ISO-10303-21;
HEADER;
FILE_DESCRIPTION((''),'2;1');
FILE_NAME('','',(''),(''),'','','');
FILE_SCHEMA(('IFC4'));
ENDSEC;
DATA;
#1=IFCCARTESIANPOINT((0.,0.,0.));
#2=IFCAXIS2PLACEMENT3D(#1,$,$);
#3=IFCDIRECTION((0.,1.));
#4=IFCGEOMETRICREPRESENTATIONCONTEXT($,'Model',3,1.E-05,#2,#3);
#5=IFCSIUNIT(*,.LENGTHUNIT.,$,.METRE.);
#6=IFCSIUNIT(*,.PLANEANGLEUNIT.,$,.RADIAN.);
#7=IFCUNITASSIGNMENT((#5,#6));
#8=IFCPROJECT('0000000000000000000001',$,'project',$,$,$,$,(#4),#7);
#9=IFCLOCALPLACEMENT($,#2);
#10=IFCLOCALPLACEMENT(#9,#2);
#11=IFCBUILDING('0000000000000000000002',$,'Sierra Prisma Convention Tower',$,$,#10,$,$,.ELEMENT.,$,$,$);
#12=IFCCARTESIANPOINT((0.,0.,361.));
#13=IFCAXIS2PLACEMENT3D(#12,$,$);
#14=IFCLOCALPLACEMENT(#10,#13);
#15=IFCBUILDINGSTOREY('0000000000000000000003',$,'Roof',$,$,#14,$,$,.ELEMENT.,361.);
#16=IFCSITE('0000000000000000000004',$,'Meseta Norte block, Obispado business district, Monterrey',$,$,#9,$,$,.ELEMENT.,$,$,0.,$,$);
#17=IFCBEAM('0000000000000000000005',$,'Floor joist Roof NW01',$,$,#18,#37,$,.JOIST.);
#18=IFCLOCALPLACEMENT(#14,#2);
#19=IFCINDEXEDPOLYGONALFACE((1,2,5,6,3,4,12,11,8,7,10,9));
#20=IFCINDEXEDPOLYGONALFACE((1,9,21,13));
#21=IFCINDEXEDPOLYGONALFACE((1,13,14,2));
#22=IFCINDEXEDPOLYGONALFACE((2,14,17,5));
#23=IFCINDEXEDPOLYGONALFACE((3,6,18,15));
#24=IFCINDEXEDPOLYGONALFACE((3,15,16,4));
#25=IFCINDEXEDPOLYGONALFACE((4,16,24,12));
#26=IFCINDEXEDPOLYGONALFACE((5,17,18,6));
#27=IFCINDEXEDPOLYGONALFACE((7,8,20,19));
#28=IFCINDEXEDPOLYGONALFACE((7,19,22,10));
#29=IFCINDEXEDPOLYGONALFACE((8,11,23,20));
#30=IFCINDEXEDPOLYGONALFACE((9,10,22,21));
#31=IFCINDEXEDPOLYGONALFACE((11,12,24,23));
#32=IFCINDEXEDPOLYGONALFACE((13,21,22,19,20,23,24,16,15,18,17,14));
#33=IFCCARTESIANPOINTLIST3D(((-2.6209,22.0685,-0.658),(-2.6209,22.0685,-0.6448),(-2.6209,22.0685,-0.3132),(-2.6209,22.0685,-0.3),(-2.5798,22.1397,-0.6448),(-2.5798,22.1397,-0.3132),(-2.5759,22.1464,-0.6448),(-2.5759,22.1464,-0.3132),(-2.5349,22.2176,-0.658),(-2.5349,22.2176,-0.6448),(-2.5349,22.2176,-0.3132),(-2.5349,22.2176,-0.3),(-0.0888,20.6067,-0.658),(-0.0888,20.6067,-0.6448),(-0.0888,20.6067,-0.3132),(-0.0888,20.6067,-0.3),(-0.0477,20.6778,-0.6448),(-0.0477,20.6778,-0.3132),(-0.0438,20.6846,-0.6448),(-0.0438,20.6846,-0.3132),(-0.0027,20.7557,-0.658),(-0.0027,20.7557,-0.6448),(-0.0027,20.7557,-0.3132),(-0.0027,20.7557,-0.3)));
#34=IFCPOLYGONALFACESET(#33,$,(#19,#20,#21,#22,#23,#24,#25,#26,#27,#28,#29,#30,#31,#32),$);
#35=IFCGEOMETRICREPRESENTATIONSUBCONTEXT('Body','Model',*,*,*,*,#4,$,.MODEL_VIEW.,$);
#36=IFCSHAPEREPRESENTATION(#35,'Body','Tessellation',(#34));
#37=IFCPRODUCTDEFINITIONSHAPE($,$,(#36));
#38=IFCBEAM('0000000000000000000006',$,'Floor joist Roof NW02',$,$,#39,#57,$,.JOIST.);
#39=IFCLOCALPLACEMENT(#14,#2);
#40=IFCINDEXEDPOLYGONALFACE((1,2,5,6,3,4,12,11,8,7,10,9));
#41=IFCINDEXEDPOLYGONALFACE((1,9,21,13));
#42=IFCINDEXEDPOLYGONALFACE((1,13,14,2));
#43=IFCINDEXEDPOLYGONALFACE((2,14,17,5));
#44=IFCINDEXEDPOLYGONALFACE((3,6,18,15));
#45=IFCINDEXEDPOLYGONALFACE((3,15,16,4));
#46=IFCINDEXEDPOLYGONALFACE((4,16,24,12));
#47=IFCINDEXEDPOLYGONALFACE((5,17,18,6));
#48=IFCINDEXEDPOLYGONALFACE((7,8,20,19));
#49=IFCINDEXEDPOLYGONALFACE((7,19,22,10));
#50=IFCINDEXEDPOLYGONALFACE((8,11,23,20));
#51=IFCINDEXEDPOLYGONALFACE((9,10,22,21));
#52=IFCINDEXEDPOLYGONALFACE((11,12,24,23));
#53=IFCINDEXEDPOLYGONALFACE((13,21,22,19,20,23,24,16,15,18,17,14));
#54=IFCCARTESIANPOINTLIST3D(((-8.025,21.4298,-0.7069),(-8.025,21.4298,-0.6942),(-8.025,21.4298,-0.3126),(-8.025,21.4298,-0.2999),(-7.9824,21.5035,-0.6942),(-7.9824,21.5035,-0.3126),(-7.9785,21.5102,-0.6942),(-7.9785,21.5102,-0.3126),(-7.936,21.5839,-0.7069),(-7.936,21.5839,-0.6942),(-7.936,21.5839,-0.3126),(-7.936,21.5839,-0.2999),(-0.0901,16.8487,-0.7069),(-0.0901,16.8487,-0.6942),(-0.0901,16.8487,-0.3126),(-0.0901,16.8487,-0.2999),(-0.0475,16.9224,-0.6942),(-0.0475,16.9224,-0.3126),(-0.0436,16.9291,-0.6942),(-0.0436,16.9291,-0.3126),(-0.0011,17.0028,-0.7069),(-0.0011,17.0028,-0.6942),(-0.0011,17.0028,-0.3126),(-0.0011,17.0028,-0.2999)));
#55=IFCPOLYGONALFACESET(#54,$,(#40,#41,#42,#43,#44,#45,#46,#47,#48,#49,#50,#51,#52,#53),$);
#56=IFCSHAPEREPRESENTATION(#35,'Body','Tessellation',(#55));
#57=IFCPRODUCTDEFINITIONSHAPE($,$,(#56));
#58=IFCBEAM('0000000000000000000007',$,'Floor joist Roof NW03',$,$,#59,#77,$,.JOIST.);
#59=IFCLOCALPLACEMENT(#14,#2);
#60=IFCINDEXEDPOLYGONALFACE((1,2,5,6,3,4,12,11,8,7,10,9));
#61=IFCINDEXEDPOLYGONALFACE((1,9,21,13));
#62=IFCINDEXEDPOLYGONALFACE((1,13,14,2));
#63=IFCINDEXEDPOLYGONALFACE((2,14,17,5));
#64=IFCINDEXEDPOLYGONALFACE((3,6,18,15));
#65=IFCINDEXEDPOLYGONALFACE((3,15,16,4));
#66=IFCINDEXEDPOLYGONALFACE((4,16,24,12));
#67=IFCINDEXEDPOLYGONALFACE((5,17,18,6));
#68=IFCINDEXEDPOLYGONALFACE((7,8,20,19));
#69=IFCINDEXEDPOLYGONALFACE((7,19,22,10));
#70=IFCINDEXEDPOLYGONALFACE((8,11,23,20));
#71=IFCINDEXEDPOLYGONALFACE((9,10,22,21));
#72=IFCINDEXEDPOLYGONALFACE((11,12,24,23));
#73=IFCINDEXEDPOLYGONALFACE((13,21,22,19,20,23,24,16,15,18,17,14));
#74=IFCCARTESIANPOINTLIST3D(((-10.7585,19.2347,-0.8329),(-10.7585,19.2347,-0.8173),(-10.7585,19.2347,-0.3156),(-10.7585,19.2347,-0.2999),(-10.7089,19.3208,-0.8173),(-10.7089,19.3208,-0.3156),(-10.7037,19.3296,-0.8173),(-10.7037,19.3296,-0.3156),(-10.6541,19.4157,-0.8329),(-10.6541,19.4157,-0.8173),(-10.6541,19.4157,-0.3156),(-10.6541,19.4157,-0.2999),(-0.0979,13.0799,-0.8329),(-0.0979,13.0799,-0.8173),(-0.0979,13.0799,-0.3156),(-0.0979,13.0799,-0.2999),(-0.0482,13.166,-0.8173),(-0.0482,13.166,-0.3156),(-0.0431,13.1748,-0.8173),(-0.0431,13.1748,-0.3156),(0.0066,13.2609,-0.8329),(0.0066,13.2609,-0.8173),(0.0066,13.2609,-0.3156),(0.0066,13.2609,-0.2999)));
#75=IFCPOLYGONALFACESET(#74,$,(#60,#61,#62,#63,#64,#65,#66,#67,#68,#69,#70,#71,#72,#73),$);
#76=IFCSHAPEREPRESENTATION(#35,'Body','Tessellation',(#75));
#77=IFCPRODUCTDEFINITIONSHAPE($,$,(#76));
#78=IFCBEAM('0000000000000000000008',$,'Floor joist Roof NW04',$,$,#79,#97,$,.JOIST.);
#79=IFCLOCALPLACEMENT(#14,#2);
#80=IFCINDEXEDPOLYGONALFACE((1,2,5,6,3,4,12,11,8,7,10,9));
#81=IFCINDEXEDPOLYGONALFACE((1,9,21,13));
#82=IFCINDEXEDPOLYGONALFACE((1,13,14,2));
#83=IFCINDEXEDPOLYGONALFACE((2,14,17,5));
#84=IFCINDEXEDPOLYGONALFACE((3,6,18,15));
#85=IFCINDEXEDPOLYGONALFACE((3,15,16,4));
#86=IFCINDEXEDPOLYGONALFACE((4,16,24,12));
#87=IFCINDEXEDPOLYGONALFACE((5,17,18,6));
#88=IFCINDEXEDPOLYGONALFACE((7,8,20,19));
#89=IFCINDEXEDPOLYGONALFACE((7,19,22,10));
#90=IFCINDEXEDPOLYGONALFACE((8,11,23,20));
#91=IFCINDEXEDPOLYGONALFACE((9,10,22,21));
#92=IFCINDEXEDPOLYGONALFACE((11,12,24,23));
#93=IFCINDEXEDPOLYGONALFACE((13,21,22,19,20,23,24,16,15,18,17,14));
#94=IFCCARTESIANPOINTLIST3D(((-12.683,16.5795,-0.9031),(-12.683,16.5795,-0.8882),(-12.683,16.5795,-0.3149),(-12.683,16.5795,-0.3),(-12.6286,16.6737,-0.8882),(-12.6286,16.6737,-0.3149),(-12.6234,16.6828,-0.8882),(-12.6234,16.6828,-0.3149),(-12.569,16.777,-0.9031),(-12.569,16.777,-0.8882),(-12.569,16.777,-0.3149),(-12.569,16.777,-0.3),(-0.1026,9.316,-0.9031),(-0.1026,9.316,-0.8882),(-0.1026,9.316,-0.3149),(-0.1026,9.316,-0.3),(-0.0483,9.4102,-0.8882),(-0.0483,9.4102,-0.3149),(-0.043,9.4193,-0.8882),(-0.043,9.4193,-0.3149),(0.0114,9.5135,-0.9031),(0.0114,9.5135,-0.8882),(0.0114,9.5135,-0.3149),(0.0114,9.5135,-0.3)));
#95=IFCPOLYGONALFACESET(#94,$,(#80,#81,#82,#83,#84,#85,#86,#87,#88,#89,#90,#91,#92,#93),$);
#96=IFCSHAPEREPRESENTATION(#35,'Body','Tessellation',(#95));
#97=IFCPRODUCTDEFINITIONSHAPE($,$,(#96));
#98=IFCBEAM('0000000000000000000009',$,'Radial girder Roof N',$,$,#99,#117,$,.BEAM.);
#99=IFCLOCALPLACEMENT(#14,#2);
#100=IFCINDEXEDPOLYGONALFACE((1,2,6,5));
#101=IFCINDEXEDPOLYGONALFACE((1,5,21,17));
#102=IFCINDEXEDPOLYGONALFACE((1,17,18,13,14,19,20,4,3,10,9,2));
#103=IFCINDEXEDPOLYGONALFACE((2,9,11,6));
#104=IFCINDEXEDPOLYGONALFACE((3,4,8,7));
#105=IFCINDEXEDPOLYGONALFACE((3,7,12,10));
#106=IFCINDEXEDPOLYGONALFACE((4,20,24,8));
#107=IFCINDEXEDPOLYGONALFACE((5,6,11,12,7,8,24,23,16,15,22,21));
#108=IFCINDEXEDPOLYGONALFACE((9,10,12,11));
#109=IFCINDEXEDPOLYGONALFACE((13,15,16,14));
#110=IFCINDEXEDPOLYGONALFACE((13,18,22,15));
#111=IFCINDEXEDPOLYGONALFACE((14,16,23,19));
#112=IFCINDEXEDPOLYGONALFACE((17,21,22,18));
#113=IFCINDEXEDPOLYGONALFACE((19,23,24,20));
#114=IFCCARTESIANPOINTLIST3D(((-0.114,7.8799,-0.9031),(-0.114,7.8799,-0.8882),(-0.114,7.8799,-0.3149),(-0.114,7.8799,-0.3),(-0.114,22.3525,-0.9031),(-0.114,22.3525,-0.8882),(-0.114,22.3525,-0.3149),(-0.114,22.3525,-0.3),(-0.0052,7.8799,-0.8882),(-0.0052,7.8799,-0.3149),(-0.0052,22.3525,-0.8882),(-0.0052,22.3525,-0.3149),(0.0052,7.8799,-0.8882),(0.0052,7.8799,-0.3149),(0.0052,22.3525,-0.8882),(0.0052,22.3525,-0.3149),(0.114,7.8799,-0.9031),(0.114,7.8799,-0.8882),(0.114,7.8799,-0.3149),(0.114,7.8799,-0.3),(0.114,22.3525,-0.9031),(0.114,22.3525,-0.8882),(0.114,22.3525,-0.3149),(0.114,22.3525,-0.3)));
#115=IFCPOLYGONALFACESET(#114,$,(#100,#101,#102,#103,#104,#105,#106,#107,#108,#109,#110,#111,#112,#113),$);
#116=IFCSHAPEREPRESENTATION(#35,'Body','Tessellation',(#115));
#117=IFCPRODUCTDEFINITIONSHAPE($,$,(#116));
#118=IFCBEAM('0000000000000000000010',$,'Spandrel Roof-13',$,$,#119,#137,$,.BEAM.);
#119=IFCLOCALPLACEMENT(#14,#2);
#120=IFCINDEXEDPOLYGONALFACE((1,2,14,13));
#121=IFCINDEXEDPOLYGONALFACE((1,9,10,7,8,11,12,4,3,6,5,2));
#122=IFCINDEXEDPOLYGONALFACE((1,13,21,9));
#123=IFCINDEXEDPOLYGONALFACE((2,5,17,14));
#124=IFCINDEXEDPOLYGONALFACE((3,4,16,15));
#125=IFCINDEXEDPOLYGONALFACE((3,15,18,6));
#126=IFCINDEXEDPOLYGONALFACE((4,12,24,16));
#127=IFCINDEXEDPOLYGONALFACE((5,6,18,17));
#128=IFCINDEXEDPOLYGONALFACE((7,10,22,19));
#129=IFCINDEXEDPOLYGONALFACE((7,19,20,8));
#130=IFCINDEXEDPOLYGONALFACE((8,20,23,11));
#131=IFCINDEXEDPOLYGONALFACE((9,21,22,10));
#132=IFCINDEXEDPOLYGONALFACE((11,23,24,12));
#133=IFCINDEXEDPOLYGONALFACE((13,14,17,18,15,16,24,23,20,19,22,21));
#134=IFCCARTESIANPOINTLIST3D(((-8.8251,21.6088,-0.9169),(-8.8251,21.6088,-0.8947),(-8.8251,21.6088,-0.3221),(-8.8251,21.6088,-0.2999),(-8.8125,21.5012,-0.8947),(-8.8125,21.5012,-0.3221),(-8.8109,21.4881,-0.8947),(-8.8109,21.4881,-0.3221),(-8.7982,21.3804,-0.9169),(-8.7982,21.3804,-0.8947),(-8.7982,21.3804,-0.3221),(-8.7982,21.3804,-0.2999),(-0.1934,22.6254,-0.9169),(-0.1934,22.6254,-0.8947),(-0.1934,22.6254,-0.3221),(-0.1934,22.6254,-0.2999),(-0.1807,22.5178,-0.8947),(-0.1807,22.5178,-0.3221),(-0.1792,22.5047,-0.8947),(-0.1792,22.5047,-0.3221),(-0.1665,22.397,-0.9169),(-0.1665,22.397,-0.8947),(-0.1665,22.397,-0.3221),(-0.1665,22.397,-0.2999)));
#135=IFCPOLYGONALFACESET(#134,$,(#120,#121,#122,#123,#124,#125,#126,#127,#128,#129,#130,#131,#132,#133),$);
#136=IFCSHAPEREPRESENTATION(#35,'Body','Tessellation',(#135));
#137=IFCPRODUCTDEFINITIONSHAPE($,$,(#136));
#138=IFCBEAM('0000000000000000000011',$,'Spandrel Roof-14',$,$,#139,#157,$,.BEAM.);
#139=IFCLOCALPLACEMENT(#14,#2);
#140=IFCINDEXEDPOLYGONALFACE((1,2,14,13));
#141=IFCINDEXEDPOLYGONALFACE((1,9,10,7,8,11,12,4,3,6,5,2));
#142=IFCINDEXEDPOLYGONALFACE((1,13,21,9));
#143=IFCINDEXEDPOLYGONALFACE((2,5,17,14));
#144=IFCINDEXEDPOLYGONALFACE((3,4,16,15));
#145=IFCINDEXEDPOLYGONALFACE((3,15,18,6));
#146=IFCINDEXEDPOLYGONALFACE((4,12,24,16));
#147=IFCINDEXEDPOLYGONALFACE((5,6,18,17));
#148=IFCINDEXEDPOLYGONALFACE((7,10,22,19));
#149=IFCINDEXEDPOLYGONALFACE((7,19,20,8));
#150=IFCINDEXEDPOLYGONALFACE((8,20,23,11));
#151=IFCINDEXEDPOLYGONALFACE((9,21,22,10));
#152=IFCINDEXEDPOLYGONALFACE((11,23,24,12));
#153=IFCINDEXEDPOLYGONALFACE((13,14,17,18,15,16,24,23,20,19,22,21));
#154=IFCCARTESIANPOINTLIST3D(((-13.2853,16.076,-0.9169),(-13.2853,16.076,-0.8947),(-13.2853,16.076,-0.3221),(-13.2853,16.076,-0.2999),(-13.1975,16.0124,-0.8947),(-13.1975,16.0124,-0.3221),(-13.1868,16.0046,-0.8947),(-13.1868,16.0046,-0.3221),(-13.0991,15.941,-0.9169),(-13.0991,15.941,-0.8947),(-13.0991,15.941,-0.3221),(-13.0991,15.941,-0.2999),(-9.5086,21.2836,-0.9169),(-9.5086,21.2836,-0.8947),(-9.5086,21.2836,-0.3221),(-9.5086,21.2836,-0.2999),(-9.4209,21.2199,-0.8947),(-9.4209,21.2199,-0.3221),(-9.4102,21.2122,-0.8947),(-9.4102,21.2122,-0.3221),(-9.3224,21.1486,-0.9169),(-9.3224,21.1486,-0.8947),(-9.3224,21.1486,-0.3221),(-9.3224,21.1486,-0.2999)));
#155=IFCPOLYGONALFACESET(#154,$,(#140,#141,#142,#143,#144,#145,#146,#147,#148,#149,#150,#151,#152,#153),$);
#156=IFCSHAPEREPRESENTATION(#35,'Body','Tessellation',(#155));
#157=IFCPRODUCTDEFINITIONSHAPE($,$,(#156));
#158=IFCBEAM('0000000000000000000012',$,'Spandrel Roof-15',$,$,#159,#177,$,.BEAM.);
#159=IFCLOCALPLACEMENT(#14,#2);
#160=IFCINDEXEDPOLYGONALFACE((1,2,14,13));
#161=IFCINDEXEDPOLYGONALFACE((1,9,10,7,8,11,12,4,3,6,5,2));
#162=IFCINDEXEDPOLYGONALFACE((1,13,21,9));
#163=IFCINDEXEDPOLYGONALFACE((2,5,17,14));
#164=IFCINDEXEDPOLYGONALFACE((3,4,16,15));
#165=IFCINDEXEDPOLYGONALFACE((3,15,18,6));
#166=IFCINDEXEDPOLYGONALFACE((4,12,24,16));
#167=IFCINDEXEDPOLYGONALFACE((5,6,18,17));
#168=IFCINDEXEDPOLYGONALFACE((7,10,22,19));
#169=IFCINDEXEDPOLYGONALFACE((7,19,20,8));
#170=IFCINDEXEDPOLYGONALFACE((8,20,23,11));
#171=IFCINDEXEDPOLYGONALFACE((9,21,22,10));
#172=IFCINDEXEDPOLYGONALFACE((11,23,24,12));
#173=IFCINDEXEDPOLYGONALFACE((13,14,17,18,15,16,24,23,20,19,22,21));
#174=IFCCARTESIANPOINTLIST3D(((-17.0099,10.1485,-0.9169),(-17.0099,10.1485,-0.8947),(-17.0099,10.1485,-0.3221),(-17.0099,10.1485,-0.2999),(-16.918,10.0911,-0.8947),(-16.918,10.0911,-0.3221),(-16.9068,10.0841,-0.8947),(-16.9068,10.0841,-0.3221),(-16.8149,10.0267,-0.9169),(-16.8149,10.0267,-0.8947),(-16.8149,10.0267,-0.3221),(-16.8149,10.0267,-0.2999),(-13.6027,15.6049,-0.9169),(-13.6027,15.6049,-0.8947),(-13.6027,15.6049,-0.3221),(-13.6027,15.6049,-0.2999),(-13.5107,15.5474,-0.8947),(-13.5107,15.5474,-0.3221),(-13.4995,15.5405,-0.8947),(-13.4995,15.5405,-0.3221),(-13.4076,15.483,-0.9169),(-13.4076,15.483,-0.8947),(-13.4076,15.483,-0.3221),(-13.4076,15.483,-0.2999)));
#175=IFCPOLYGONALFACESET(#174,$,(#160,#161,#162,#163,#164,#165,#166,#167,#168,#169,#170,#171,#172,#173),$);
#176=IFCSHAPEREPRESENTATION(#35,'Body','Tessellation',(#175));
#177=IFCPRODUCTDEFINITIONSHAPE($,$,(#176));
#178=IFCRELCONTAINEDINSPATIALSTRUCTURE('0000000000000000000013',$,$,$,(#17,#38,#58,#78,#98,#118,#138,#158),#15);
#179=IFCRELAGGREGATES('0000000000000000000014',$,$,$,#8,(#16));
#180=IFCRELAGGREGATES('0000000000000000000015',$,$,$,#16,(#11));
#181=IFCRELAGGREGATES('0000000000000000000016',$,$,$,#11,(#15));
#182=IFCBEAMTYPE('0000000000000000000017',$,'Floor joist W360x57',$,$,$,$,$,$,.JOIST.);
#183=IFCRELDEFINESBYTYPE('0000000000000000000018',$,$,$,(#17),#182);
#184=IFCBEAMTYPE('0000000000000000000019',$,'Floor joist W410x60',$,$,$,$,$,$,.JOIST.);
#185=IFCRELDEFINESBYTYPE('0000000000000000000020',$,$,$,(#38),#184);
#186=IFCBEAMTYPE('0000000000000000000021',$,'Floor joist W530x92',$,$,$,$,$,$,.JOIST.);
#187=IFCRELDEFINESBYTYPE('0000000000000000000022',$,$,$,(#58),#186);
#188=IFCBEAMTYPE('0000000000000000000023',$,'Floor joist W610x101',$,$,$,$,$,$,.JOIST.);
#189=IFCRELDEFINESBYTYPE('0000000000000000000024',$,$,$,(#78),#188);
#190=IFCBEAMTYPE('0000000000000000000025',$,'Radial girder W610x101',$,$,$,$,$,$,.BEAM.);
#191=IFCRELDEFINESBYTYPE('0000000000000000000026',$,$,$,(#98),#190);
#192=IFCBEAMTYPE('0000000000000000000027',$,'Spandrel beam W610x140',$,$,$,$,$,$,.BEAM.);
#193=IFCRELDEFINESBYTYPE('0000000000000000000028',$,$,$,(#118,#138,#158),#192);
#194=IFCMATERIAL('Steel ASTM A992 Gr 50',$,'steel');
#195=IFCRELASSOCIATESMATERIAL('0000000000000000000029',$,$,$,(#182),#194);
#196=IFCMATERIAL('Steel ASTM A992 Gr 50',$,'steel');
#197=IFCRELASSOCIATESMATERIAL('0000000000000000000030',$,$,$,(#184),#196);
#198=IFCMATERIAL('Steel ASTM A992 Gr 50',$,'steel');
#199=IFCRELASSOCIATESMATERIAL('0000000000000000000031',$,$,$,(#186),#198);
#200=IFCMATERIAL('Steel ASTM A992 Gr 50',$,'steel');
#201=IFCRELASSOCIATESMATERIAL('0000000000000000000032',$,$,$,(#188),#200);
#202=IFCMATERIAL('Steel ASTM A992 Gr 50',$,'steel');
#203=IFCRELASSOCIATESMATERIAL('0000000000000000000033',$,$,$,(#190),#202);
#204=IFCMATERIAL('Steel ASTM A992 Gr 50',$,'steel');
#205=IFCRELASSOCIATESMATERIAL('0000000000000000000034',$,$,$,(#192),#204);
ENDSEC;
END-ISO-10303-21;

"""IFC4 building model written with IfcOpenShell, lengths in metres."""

from ifc_helpers import new_model, si_unit, direction, frame, origin, origin_2d, place, context, subcontext, project, spatial, i_section, extrude, material, material_profile, profile_set, type_object, element, save


model = new_model("IFC4")

# Units and contexts
model_context = context("Model", 3, precision=1e-05, world=origin(), true_north=direction((0.0, 1.0)))
body_context = subcontext(model_context, "Body", "Model", "MODEL_VIEW")
ifc_project = project(units=[si_unit("LENGTHUNIT", "METRE"), si_unit("PLANEANGLEUNIT", "RADIAN")], contexts=[model_context])

# Site, building, storey
site_placement = place(None, origin())
site = spatial("IfcSite", under=ifc_project, at=site_placement, Name="Meseta Norte block, Obispado business district, Monterrey", CompositionType="ELEMENT", RefElevation=0.0)
building_placement = place(site_placement, origin())
building = spatial("IfcBuilding", under=site, at=building_placement, Name="Sierra Prisma Convention Tower", CompositionType="ELEMENT")
storey_placement = place(building_placement, frame((0.0, 0.0, 361.0)))
storey = spatial("IfcBuildingStorey", under=building, at=storey_placement, Name="Roof", CompositionType="ELEMENT", Elevation=361.0)

# Beams
ifc_material_1 = material(Name="Steel ASTM A992 Gr 50", Category="steel")
ifc_material_profile_1 = material_profile(ifc_material_1, i_section(OverallWidth=0.1721, OverallDepth=0.3579, WebThickness=0.0078, FlangeThickness=0.0132, at=origin_2d()), Name="W360x57")
ifc_profile_set_1 = profile_set([ifc_material_profile_1], Name="Steel ASTM A992 Gr 50")
beam_type_1 = type_object("IfcBeamType", Name="Floor joist W360x57", PredefinedType="JOIST", material=ifc_profile_set_1)
beam_1_placement = place(storey_placement, frame((-2.5779, 22.1431, -0.479), z_axis=(0.866035, -0.499983, 0.0), x_axis=(0.499983, 0.866035, 0.0)))
element("IfcBeam", 1, at=beam_1_placement, inside=storey, type_object=beam_type_1, Name="Floor joist Roof NW01", PredefinedType="JOIST", context=body_context, shape_type="SweptSolid", body=[
    extrude(i_section(OverallWidth=0.1721, OverallDepth=0.3579, WebThickness=0.0078, FlangeThickness=0.0132, at=origin_2d()), origin(), (0.0, 0.0, 1.0), 2.9238),
])
ifc_material_2 = material(Name="Steel ASTM A992 Gr 50", Category="steel")
ifc_material_profile_2 = material_profile(ifc_material_2, i_section(OverallWidth=0.178, OverallDepth=0.407, WebThickness=0.0078, FlangeThickness=0.0127, at=origin_2d()), Name="W410x60")
ifc_profile_set_2 = profile_set([ifc_material_profile_2], Name="Steel ASTM A992 Gr 50")
beam_type_2 = type_object("IfcBeamType", Name="Floor joist W410x60", PredefinedType="JOIST", material=ifc_profile_set_2)
beam_2_placement = place(storey_placement, frame((-7.9805, 21.5068, -0.5034), z_axis=(0.866031, -0.499991, 0.0), x_axis=(0.499991, 0.866031, 0.0)))
element("IfcBeam", 2, at=beam_2_placement, inside=storey, type_object=beam_type_2, Name="Floor joist Roof NW02", PredefinedType="JOIST", context=body_context, shape_type="SweptSolid", body=[
    extrude(i_section(OverallWidth=0.178, OverallDepth=0.407, WebThickness=0.0078, FlangeThickness=0.0127, at=origin_2d()), origin(), (0.0, 0.0, 1.0), 9.1624),
])
ifc_material_3 = material(Name="Steel ASTM A992 Gr 50", Category="steel")
ifc_material_profile_3 = material_profile(ifc_material_3, i_section(OverallWidth=0.209, OverallDepth=0.533, WebThickness=0.0103, FlangeThickness=0.0156, at=origin_2d()), Name="W530x92")
ifc_profile_set_3 = profile_set([ifc_material_profile_3], Name="Steel ASTM A992 Gr 50")
beam_type_3 = type_object("IfcBeamType", Name="Floor joist W530x92", PredefinedType="JOIST", material=ifc_profile_set_3)
beam_3_placement = place(storey_placement, frame((-10.7063, 19.3252, -0.5664), z_axis=(0.86603, -0.499991, 0.0), x_axis=(0.499991, 0.86603, 0.0)))
element("IfcBeam", 3, at=beam_3_placement, inside=storey, type_object=beam_type_3, Name="Floor joist Roof NW03", PredefinedType="JOIST", context=body_context, shape_type="SweptSolid", body=[
    extrude(i_section(OverallWidth=0.209, OverallDepth=0.533, WebThickness=0.0103, FlangeThickness=0.0156, at=origin_2d()), origin(), (0.0, 0.0, 1.0), 12.3098),
])
ifc_material_4 = material(Name="Steel ASTM A992 Gr 50", Category="steel")
ifc_material_profile_4 = material_profile(ifc_material_4, i_section(OverallWidth=0.228, OverallDepth=0.603, WebThickness=0.0105, FlangeThickness=0.0149, at=origin_2d()), Name="W610x101")
ifc_profile_set_4 = profile_set([ifc_material_profile_4], Name="Steel ASTM A992 Gr 50")
beam_type_4 = type_object("IfcBeamType", Name="Floor joist W610x101", PredefinedType="JOIST", material=ifc_profile_set_4)
beam_4_placement = place(storey_placement, frame((-12.626, 16.6782, -0.6016), z_axis=(0.86602, -0.500009, 0.0), x_axis=(0.500009, 0.86602, 0.0)))
element("IfcBeam", 4, at=beam_4_placement, inside=storey, type_object=beam_type_4, Name="Floor joist Roof NW04", PredefinedType="JOIST", context=body_context, shape_type="SweptSolid", body=[
    extrude(i_section(OverallWidth=0.228, OverallDepth=0.603, WebThickness=0.0105, FlangeThickness=0.0149, at=origin_2d()), origin(), (0.0, 0.0, 1.0), 14.5266),
])
ifc_material_5 = material(Name="Steel ASTM A992 Gr 50", Category="steel")
ifc_material_profile_5 = material_profile(ifc_material_5, i_section(OverallWidth=0.228, OverallDepth=0.603, WebThickness=0.0105, FlangeThickness=0.0149, at=origin_2d()), Name="W610x101")
ifc_profile_set_5 = profile_set([ifc_material_profile_5], Name="Steel ASTM A992 Gr 50")
beam_type_5 = type_object("IfcBeamType", Name="Radial girder W610x101", PredefinedType="BEAM", material=ifc_profile_set_5)
beam_5_placement = place(storey_placement, frame((0.0, 22.3525, -0.6016), z_axis=(0.0, -1.0, 0.0), x_axis=(1.0, 0.0, 0.0)))
element("IfcBeam", 5, at=beam_5_placement, inside=storey, type_object=beam_type_5, Name="Radial girder Roof N", PredefinedType="BEAM", context=body_context, shape_type="SweptSolid", body=[
    extrude(i_section(OverallWidth=0.228, OverallDepth=0.603, WebThickness=0.0105, FlangeThickness=0.0149, at=origin_2d()), origin(), (0.0, 0.0, 1.0), 14.4727),
])
ifc_material_6 = material(Name="Steel ASTM A992 Gr 50", Category="steel")
ifc_material_profile_6 = material_profile(ifc_material_6, i_section(OverallWidth=0.23, OverallDepth=0.6169, WebThickness=0.0132, FlangeThickness=0.0222, at=origin_2d()), Name="W610x140")
ifc_profile_set_6 = profile_set([ifc_material_profile_6], Name="Steel ASTM A992 Gr 50")
beam_type_6 = type_object("IfcBeamType", Name="Spandrel beam W610x140", PredefinedType="BEAM", material=ifc_profile_set_6)
beam_6_placement = place(storey_placement, frame((-0.1799, 22.5112, -0.6084), z_axis=(-0.993136, -0.116965, 0.0), x_axis=(0.116965, -0.993136, 0.0)))
element("IfcBeam", 6, at=beam_6_placement, inside=storey, type_object=beam_type_6, Name="Spandrel Roof-13", PredefinedType="BEAM", context=body_context, shape_type="SweptSolid", body=[
    extrude(i_section(OverallWidth=0.23, OverallDepth=0.6169, WebThickness=0.0132, FlangeThickness=0.0222, at=origin_2d()), origin(), (0.0, 0.0, 1.0), 8.6914),
])
for number, where, z_axis, x_axis, name in (
    (7, (-9.4155, 21.2161, -0.6084), (-0.587086, -0.809525, 0.0), (0.809525, -0.587086, 0.0), "Spandrel Roof-14"),
    (8, (-13.5051, 15.5439, -0.6084), (-0.529668, -0.848205, 0.0), (0.848205, -0.529668, 0.0), "Spandrel Roof-15"),
):
    element("IfcBeam", number, at=place(storey_placement, frame(where, z_axis=z_axis, x_axis=x_axis)), inside=storey, type_object=beam_type_6, Name=name, PredefinedType="BEAM", context=body_context, shape_type="SweptSolid", body=[
        extrude(i_section(OverallWidth=0.23, OverallDepth=0.6169, WebThickness=0.0132, FlangeThickness=0.0222, at=origin_2d()), origin(), (0.0, 0.0, 1.0), 6.4329),
    ])

save(model, "model.ifc")
